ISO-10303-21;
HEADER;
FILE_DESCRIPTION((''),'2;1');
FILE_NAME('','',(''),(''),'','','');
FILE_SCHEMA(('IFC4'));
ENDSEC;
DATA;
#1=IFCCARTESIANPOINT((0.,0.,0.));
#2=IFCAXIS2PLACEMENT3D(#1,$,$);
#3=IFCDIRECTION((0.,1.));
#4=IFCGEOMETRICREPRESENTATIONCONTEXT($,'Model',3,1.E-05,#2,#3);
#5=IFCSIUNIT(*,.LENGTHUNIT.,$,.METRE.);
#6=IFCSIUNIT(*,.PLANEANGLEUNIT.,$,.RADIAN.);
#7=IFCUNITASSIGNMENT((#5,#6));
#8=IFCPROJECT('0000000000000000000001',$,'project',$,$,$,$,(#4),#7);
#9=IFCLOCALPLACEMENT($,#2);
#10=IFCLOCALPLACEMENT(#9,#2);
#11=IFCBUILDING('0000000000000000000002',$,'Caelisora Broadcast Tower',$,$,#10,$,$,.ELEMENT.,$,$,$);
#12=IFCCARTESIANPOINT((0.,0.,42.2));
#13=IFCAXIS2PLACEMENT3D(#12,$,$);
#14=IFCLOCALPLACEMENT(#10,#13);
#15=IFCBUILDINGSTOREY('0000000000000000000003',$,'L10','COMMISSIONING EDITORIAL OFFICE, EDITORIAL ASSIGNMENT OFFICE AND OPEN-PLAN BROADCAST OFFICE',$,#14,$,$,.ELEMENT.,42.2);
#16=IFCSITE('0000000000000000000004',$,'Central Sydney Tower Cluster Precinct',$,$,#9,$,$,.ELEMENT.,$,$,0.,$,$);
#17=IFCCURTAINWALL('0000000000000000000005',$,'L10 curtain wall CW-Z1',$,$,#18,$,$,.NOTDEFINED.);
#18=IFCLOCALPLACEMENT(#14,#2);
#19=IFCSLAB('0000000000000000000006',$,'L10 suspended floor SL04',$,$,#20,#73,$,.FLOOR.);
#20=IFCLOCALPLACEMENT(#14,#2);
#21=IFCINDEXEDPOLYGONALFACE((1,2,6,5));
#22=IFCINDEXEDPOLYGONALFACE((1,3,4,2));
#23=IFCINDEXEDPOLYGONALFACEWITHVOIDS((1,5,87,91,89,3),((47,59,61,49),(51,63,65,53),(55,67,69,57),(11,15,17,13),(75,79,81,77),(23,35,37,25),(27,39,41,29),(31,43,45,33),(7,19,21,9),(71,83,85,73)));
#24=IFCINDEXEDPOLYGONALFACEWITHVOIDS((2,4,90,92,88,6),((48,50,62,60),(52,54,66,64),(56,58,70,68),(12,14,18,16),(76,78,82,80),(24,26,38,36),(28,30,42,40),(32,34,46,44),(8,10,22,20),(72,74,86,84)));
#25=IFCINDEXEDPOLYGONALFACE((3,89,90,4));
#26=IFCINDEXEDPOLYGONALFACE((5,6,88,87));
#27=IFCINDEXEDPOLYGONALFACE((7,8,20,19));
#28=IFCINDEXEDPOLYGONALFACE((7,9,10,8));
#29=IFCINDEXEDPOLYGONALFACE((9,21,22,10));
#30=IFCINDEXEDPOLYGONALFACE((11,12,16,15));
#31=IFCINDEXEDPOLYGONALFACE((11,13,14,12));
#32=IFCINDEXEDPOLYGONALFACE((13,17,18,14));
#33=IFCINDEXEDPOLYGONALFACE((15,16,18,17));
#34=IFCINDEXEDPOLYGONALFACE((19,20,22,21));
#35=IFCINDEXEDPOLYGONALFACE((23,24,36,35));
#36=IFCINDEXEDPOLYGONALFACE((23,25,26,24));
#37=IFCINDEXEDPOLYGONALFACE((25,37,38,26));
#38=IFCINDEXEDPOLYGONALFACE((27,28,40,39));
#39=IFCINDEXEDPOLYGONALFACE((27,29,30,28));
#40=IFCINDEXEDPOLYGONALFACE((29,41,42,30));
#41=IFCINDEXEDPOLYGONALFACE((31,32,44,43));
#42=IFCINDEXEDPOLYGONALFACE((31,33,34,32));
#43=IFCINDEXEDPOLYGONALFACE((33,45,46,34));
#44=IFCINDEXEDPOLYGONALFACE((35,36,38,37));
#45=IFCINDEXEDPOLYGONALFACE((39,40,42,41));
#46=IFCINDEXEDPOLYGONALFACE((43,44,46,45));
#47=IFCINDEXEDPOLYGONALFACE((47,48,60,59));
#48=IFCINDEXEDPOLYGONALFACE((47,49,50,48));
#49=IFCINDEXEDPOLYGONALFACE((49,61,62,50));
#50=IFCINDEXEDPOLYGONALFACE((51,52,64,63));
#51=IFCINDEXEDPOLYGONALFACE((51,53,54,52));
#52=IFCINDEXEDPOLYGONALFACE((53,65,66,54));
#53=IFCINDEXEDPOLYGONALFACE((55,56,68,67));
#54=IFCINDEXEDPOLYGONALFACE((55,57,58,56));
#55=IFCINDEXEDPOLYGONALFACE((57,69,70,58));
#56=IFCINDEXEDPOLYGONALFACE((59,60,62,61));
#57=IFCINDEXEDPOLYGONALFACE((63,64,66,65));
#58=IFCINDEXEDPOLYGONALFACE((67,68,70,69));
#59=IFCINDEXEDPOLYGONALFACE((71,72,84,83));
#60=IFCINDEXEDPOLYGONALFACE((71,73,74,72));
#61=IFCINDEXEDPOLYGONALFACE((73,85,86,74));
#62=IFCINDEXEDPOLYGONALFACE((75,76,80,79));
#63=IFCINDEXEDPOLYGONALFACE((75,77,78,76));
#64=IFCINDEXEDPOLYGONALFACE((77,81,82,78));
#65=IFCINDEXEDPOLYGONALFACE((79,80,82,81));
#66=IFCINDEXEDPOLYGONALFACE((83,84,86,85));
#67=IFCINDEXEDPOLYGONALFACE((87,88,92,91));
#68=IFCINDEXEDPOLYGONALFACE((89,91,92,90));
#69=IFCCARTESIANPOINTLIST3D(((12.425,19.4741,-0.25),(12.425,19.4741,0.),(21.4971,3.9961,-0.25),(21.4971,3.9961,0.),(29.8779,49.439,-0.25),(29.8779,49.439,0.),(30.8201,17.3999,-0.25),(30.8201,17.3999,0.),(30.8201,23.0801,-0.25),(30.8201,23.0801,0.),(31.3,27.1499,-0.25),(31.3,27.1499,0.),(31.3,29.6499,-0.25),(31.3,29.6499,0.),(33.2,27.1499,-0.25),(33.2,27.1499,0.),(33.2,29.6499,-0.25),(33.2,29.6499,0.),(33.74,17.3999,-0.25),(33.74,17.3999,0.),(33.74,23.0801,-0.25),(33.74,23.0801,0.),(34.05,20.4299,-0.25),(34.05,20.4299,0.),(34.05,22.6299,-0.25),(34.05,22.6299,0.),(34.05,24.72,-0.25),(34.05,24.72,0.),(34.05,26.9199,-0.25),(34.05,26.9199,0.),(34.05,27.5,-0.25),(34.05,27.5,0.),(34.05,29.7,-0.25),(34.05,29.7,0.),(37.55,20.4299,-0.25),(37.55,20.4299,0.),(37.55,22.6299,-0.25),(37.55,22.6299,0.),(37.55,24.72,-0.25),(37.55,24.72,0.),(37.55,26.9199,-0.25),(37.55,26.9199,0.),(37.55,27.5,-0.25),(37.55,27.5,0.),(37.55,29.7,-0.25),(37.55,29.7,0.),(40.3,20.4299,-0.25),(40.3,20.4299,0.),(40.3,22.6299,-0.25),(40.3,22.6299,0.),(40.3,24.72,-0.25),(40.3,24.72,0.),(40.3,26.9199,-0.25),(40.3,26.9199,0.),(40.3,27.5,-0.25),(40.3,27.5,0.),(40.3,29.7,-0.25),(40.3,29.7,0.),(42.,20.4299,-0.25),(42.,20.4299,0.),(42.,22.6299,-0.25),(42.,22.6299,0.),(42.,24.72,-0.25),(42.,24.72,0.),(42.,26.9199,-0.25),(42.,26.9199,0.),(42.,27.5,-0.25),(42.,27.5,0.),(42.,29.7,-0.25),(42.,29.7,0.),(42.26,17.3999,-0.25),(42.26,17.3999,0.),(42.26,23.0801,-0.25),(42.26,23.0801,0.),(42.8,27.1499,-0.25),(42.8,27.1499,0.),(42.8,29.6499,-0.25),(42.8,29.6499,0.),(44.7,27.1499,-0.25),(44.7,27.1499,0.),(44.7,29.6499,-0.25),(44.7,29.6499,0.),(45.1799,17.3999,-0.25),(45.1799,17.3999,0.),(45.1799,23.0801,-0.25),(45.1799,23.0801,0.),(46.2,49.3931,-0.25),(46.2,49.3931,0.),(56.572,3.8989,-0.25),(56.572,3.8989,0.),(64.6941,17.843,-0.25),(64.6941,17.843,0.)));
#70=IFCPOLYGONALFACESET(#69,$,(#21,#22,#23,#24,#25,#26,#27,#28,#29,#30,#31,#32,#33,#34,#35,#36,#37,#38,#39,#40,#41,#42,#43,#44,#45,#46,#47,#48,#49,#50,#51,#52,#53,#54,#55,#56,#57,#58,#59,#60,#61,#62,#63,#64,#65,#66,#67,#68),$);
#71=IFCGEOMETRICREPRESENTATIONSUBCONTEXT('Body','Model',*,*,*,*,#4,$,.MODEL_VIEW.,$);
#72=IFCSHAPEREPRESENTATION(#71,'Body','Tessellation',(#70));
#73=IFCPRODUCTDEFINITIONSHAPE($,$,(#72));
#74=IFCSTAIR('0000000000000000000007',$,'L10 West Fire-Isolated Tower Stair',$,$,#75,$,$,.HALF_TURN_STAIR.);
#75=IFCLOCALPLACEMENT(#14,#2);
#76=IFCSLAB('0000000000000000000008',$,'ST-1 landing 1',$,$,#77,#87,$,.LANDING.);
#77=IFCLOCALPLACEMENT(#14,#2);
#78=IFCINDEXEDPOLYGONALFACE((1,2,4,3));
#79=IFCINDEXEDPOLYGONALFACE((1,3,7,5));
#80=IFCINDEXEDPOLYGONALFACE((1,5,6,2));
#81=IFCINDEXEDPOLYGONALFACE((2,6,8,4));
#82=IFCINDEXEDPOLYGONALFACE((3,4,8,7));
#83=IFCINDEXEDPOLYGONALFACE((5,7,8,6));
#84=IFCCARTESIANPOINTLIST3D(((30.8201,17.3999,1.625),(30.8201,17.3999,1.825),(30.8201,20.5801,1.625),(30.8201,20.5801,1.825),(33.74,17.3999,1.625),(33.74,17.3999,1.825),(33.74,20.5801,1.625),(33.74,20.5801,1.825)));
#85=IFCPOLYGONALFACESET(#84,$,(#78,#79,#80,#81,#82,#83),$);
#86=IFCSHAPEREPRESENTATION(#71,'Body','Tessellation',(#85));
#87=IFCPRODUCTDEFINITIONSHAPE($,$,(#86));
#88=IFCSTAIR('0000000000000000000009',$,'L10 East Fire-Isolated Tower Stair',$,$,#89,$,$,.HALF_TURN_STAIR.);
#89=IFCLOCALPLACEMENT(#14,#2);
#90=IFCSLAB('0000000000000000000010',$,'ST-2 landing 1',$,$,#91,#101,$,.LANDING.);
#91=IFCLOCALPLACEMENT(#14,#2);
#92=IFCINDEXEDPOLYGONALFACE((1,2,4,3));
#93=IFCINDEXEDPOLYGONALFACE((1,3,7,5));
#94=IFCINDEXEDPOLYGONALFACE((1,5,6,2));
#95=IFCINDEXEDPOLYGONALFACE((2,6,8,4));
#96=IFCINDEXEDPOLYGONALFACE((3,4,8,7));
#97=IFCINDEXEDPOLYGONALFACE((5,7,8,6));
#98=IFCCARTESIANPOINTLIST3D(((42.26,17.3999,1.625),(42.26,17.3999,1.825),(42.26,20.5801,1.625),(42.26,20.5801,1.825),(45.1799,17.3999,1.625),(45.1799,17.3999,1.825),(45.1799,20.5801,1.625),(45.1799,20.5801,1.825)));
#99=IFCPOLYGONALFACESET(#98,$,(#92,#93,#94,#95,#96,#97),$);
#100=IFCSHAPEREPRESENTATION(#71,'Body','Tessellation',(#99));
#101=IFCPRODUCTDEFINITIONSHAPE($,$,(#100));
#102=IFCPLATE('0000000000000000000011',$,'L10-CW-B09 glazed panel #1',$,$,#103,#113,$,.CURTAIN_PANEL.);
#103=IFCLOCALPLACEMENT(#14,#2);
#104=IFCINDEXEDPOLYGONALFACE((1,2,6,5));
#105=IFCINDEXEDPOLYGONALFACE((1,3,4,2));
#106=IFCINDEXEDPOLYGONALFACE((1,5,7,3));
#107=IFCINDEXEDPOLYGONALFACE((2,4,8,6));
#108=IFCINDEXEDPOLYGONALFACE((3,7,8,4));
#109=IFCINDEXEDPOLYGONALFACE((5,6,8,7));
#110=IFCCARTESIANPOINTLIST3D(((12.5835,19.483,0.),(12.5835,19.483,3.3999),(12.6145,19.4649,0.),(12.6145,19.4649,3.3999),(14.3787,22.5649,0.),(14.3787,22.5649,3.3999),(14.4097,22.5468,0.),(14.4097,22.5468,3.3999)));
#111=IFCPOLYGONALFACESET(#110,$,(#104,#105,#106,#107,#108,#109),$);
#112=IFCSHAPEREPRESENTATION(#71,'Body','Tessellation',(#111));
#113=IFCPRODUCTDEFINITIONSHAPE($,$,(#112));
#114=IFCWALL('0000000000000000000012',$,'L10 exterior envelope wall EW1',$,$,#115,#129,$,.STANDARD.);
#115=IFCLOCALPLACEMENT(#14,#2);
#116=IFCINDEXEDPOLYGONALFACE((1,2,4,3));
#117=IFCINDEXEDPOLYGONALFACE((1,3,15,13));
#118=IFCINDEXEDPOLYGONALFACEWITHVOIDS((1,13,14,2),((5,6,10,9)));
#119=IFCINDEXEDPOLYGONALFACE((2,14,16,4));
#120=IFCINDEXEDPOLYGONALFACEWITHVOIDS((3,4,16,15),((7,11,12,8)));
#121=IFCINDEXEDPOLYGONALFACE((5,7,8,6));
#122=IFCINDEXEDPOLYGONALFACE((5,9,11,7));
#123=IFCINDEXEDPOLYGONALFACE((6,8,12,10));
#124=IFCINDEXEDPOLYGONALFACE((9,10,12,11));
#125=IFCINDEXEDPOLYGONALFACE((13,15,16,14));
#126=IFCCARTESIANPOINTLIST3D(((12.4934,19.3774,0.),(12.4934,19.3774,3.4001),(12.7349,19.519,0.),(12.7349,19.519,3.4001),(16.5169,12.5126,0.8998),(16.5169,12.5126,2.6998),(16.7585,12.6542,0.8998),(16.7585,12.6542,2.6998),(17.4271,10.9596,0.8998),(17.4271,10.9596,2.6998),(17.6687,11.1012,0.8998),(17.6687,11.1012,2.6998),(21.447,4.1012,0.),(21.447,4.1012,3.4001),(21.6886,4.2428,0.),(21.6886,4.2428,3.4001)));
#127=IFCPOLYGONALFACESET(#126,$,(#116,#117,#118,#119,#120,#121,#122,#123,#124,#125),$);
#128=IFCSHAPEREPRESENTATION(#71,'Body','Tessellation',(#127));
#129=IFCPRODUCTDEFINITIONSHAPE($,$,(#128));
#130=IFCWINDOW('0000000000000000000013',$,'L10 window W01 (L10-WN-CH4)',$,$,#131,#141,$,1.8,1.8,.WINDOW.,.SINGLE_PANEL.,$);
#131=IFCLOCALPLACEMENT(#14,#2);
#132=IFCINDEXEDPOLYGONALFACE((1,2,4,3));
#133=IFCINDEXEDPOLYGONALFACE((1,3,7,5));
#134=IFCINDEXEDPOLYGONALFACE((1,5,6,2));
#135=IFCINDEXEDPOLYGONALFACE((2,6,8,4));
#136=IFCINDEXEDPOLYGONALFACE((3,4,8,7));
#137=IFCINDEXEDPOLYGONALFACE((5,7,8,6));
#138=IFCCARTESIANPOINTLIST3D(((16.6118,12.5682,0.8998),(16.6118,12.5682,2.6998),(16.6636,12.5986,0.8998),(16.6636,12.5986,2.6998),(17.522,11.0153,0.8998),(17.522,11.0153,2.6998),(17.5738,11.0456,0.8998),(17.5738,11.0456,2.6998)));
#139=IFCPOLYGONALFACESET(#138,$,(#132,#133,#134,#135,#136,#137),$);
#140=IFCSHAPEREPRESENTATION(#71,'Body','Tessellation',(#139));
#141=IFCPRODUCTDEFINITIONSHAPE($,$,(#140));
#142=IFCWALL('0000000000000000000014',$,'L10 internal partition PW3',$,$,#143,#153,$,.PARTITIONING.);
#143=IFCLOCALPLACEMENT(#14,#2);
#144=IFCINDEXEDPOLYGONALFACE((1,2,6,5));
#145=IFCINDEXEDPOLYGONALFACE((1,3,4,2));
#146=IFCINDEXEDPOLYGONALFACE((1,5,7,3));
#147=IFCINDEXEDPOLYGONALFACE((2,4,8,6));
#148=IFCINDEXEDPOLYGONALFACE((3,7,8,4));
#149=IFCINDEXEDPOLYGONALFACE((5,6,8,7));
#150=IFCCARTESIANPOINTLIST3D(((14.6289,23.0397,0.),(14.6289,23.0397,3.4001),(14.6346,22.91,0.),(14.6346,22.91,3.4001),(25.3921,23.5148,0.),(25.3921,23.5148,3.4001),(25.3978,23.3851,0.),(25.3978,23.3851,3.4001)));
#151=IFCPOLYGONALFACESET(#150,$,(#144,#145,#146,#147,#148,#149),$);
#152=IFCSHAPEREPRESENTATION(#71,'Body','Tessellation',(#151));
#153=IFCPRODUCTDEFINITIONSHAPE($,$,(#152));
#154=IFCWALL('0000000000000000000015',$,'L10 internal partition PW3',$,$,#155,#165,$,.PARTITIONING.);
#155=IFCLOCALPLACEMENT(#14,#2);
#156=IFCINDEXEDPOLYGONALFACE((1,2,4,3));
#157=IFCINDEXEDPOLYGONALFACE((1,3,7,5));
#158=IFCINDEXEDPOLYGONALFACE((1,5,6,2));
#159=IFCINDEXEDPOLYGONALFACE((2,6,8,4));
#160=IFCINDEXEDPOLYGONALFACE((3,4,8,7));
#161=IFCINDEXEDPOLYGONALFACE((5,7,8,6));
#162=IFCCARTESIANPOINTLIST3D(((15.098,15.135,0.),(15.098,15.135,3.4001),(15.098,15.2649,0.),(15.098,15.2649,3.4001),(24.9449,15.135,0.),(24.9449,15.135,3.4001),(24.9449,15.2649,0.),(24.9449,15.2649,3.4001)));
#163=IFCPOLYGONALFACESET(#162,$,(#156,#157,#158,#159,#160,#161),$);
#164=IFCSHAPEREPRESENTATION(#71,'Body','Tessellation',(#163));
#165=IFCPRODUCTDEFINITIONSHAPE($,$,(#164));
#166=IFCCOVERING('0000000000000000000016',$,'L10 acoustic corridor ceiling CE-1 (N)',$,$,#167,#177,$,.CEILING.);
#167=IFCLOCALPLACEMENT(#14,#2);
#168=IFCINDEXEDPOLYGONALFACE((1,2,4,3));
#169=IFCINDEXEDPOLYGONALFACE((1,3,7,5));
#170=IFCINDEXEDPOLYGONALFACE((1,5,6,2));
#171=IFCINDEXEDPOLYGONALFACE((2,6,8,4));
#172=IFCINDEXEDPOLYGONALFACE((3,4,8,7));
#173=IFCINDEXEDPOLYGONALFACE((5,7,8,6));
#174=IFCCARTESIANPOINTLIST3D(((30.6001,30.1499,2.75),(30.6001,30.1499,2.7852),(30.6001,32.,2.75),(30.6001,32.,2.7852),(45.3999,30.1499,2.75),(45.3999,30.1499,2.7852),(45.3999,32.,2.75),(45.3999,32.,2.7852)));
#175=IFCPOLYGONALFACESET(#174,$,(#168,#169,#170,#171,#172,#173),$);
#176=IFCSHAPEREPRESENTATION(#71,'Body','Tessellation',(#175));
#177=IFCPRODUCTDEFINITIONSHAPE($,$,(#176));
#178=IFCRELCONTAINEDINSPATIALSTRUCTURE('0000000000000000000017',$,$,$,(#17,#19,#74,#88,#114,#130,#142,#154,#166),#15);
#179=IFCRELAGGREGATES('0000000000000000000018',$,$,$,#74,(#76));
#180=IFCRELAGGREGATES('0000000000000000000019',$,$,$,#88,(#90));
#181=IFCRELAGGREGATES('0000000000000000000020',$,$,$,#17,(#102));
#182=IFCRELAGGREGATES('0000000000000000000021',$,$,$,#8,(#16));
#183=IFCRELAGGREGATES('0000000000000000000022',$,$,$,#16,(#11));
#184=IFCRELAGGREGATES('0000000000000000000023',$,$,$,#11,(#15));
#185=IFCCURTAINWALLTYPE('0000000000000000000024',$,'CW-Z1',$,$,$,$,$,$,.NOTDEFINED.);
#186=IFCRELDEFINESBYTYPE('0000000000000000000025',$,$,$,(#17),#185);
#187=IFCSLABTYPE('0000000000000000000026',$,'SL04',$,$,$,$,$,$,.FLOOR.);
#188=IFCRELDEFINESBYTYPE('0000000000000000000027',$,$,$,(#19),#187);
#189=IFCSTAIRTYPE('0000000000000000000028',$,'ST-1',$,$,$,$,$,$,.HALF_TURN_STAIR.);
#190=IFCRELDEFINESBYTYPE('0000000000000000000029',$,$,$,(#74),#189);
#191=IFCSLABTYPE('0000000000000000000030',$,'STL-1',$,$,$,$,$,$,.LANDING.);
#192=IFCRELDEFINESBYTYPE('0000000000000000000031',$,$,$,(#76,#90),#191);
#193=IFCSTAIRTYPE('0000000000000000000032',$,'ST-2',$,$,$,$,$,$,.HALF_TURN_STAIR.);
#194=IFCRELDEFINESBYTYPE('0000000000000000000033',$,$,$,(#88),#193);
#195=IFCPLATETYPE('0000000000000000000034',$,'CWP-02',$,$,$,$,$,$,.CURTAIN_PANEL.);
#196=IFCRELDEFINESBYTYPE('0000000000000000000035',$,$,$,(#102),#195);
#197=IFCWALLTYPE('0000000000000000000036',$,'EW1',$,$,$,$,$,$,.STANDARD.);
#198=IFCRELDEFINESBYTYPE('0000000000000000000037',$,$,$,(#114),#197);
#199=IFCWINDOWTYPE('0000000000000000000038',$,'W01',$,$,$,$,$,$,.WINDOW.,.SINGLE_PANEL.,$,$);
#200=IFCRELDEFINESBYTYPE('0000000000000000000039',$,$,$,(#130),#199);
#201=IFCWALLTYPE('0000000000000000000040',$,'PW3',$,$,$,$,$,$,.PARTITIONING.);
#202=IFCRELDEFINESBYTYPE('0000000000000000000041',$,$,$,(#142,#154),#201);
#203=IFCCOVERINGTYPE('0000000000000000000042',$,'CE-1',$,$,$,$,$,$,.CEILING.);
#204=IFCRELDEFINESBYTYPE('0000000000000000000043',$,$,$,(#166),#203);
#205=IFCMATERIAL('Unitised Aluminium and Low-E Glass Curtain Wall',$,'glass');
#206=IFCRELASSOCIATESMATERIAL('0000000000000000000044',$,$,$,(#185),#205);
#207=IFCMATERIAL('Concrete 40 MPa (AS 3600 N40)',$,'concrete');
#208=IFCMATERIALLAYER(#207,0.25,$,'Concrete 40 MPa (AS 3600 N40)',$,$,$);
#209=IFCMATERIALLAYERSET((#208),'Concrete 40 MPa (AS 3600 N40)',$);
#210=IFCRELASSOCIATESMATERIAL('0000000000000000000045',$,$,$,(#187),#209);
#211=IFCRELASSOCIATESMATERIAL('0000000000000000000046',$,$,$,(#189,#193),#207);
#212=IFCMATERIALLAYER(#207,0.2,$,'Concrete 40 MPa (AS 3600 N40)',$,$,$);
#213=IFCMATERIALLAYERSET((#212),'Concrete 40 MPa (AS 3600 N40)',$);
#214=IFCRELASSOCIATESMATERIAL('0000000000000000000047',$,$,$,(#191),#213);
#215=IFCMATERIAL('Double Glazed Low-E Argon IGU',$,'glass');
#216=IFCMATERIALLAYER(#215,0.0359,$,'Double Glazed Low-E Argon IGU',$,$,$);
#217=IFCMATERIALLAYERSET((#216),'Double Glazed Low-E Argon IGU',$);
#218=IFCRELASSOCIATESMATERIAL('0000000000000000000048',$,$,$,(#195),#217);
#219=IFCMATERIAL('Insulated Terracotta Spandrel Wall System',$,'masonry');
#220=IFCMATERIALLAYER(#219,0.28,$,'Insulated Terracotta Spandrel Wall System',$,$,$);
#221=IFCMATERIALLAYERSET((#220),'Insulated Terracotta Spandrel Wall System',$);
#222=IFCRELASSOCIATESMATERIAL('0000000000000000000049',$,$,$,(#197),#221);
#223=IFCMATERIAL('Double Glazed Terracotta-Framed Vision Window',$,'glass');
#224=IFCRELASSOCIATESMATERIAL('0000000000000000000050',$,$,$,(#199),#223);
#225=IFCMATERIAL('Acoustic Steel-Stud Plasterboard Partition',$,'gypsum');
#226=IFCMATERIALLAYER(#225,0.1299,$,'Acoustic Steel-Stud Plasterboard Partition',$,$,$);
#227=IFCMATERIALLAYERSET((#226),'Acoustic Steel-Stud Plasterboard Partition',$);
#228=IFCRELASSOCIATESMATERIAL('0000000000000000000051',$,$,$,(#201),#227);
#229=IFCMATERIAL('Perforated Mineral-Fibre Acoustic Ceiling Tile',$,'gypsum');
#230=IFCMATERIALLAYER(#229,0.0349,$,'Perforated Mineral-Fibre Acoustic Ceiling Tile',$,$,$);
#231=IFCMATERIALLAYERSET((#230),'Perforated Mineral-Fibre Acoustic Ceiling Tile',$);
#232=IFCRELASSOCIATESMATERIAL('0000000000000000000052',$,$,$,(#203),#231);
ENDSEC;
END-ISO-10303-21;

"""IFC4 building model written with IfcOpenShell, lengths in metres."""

from ifc_helpers import new_model, si_unit, direction, frame, frame_2d, origin, origin_2d, place, context, subcontext, project, spatial, polyline, rectangle, outline, extrude, source, transform, mapped, material, layer, layer_set, type_object, type_shapes, element, fill, aggregate, save


model = new_model("IFC4")

# Units and contexts
model_context = context("Model", 3, precision=1e-05, world=origin(), true_north=direction((0.0, 1.0)))
body_context = subcontext(model_context, "Body", "Model", "MODEL_VIEW")
ifc_project = project(units=[si_unit("LENGTHUNIT", "METRE"), si_unit("PLANEANGLEUNIT", "RADIAN")], contexts=[model_context])

# Site, building, storey
site_placement = place(None, origin())
site = spatial("IfcSite", under=ifc_project, at=site_placement, Name="Central Sydney Tower Cluster Precinct", CompositionType="ELEMENT", RefElevation=0.0)
building_placement = place(site_placement, origin())
building = spatial("IfcBuilding", under=site, at=building_placement, Name="Caelisora Broadcast Tower", CompositionType="ELEMENT")
storey_placement = place(building_placement, frame((0.0, 0.0, 42.2)))
storey = spatial("IfcBuildingStorey", under=building, at=storey_placement, Name="L10", Description="COMMISSIONING EDITORIAL OFFICE, EDITORIAL ASSIGNMENT OFFICE AND OPEN-PLAN BROADCAST OFFICE", CompositionType="ELEMENT", Elevation=42.2)

# Shared definitions
ifc_material_1 = material(Name="Unitised Aluminium and Low-E Glass Curtain Wall", Category="glass")
curtain_wall_type = type_object("IfcCurtainWallType", Name="CW-Z1", PredefinedType="NOTDEFINED", material=ifc_material_1)

# Curtain wall
curtain_wall_1_placement = place(storey_placement, origin())
curtain_wall_1 = element("IfcCurtainWall", 1, at=curtain_wall_1_placement, inside=storey, type_object=curtain_wall_type, Name="L10 curtain wall CW-Z1", PredefinedType="NOTDEFINED")

# Slab
ifc_material_2 = material(Name="Concrete 40 MPa (AS 3600 N40)", Category="concrete")
ifc_layer_1 = layer(ifc_material_2, 0.25, Name="Concrete 40 MPa (AS 3600 N40)")
ifc_layer_set_1 = layer_set([ifc_layer_1], Name="Concrete 40 MPa (AS 3600 N40)")
slab_type_1 = type_object("IfcSlabType", Name="SL04", PredefinedType="FLOOR", material=ifc_layer_set_1)
slab_1_placement = place(storey_placement, frame((0.0, 0.0, -0.25)))
element("IfcSlab", 2, at=slab_1_placement, inside=storey, type_object=slab_type_1, Name="L10 suspended floor SL04", PredefinedType="FLOOR", context=body_context, shape_type="SweptSolid", body=[
    extrude(outline(polyline([(46.2, 49.3931), (29.8779, 49.439), (12.425, 19.4741), (21.4971, 3.9961), (56.572, 3.8989), (64.6941, 17.843), (46.2, 49.3931)]), holes=[polyline([(30.8201, 17.3999), (33.74, 17.3999), (33.74, 23.0801), (30.8201, 23.0801), (30.8201, 17.3999)]), polyline([(42.26, 17.3999), (45.1799, 17.3999), (45.1799, 23.0801), (42.26, 23.0801), (42.26, 17.3999)]), polyline([(42.8, 27.1499), (44.7, 27.1499), (44.7, 29.6499), (42.8, 29.6499), (42.8, 27.1499)]), polyline([(40.3, 20.4299), (42.0, 20.4299), (42.0, 22.6299), (40.3, 22.6299), (40.3, 20.4299)]), polyline([(40.3, 24.72), (42.0, 24.72), (42.0, 26.9199), (40.3, 26.9199), (40.3, 24.72)]), polyline([(40.3, 27.5), (42.0, 27.5), (42.0, 29.7), (40.3, 29.7), (40.3, 27.5)]), polyline([(34.05, 20.4299), (37.55, 20.4299), (37.55, 22.6299), (34.05, 22.6299), (34.05, 20.4299)]), polyline([(34.05, 24.72), (37.55, 24.72), (37.55, 26.9199), (34.05, 26.9199), (34.05, 24.72)]), polyline([(34.05, 27.5), (37.55, 27.5), (37.55, 29.7), (34.05, 29.7), (34.05, 27.5)]), polyline([(31.3, 27.1499), (33.2, 27.1499), (33.2, 29.6499), (31.3, 29.6499), (31.3, 27.1499)])]), origin(), (0.0, 0.0, 1.0), 0.25),
])

# Stairs, slabs
stair_type_1 = type_object("IfcStairType", Name="ST-1", PredefinedType="HALF_TURN_STAIR", material=ifc_material_2)
stair_1_placement = place(storey_placement, origin())
stair_1 = element("IfcStair", 3, at=stair_1_placement, inside=storey, type_object=stair_type_1, Name="L10 West Fire-Isolated Tower Stair", PredefinedType="HALF_TURN_STAIR")
ifc_layer_2 = layer(ifc_material_2, 0.2, Name="Concrete 40 MPa (AS 3600 N40)")
ifc_layer_set_2 = layer_set([ifc_layer_2], Name="Concrete 40 MPa (AS 3600 N40)")
slab_type_2 = type_object("IfcSlabType", Name="STL-1", PredefinedType="LANDING", material=ifc_layer_set_2)
slab_2_placement = place(storey_placement, frame((0.0, 0.0, 1.625)))
slab_2 = element("IfcSlab", 4, at=slab_2_placement, type_object=slab_type_2, Name="ST-1 landing 1", PredefinedType="LANDING", context=body_context, shape_type="SweptSolid", body=[
    extrude(outline(polyline([(30.8201, 20.5801), (30.8201, 17.3999), (33.74, 17.3999), (33.74, 20.5801), (30.8201, 20.5801)])), origin(), (0.0, 0.0, 1.0), 0.2),
])
aggregate(stair_1, [slab_2])
stair_type_2 = type_object("IfcStairType", Name="ST-2", PredefinedType="HALF_TURN_STAIR", material=ifc_material_2)
stair_2_placement = place(storey_placement, origin())
stair_2 = element("IfcStair", 5, at=stair_2_placement, inside=storey, type_object=stair_type_2, Name="L10 East Fire-Isolated Tower Stair", PredefinedType="HALF_TURN_STAIR")
slab_3_placement = place(storey_placement, frame((0.0, 0.0, 1.625)))
slab_3 = element("IfcSlab", 6, at=slab_3_placement, type_object=slab_type_2, Name="ST-2 landing 1", PredefinedType="LANDING", context=body_context, shape_type="SweptSolid", body=[
    extrude(outline(polyline([(42.26, 20.5801), (42.26, 17.3999), (45.1799, 17.3999), (45.1799, 20.5801), (42.26, 20.5801)])), origin(), (0.0, 0.0, 1.0), 0.2),
])
aggregate(stair_2, [slab_3])

# Plate
ifc_material_3 = material(Name="Double Glazed Low-E Argon IGU", Category="glass")
ifc_layer_3 = layer(ifc_material_3, 0.0359, Name="Double Glazed Low-E Argon IGU")
ifc_layer_set_3 = layer_set([ifc_layer_3], Name="Double Glazed Low-E Argon IGU")
plate_type = type_object("IfcPlateType", Name="CWP-02", PredefinedType="CURTAIN_PANEL", material=ifc_layer_set_3)
shared_shape_1 = source(origin(), body_context, "Body", "SweptSolid", [
    extrude(rectangle(XDim=3.5667, YDim=0.0359, at=origin_2d()), origin(), (0.0, 0.0, 1.0), 3.3999),
])
type_shapes(plate_type, [shared_shape_1])
plate_placement = place(storey_placement, frame((13.4966, 21.0149, 0.0), z_axis=(0.0, 0.0, 1.0), x_axis=(0.503322, 0.864099, 0.0)))
plate = element("IfcPlate", 7, at=plate_placement, type_object=plate_type, Name="L10-CW-B09 glazed panel #1", PredefinedType="CURTAIN_PANEL", context=body_context, shape_type="MappedRepresentation", body=[
    mapped(shared_shape_1, transform((0.0, 0.0, 0.0), scale=1.0)),
])
aggregate(curtain_wall_1, [plate])

# Wall, opening, window
ifc_material_4 = material(Name="Insulated Terracotta Spandrel Wall System", Category="masonry")
ifc_layer_4 = layer(ifc_material_4, 0.28, Name="Insulated Terracotta Spandrel Wall System")
ifc_layer_set_4 = layer_set([ifc_layer_4], Name="Insulated Terracotta Spandrel Wall System")
wall_type_1 = type_object("IfcWallType", Name="EW1", PredefinedType="STANDARD", material=ifc_layer_set_4)
wall_1_placement = place(storey_placement, frame((21.5679, 4.1719, 0.0), z_axis=(0.0, 0.0, 1.0), x_axis=(-0.505663, 0.862731, 0.0)))
wall_1 = element("IfcWall", 8, at=wall_1_placement, inside=storey, type_object=wall_type_1, Name="L10 exterior envelope wall EW1", PredefinedType="STANDARD", context=body_context, shape_type="SweptSolid", body=[
    extrude(rectangle(XDim=17.7068, YDim=0.28, at=frame_2d((8.8535, 0.0))), origin(), (0.0, 0.0, 1.0), 3.4001),
])
opening_placement = place(wall_1_placement, frame((7.95, 0.0, 0.8999)))
opening = element("IfcOpeningElement", 9, at=opening_placement, cuts=wall_1, PredefinedType="OPENING", context=body_context, shape_type="SweptSolid", body=[
    extrude(rectangle(XDim=1.8, YDim=1.8, at=frame_2d((0.8999, 0.8999))), frame((0.0, 0.1521, 0.0), z_axis=(0.0, -1.0, 0.0), x_axis=(1.0, 0.0, 0.0)), (0.0, 0.0, 1.0), 0.304),
])
ifc_material_5 = material(Name="Double Glazed Terracotta-Framed Vision Window", Category="glass")
window_type = type_object("IfcWindowType", Name="W01", PartitioningType="SINGLE_PANEL", PredefinedType="WINDOW", material=ifc_material_5)
window_placement = place(opening_placement, origin())
window = element("IfcWindow", 10, at=window_placement, inside=storey, type_object=window_type, Name="L10 window W01 (L10-WN-CH4)", OverallHeight=1.8, OverallWidth=1.8, PartitioningType="SINGLE_PANEL", PredefinedType="WINDOW", context=body_context, shape_type="SweptSolid", body=[
    extrude(rectangle(XDim=1.8, YDim=1.8, at=frame_2d((0.8999, 0.8999))), frame((0.0, 0.03, 0.0), z_axis=(0.0, -1.0, 0.0), x_axis=(1.0, 0.0, 0.0)), (0.0, 0.0, 1.0), 0.0601),
])
fill(opening, window)

# Walls
ifc_material_6 = material(Name="Acoustic Steel-Stud Plasterboard Partition", Category="gypsum")
ifc_layer_5 = layer(ifc_material_6, 0.1299, Name="Acoustic Steel-Stud Plasterboard Partition")
ifc_layer_set_5 = layer_set([ifc_layer_5], Name="Acoustic Steel-Stud Plasterboard Partition")
wall_type_2 = type_object("IfcWallType", Name="PW3", PredefinedType="PARTITIONING", material=ifc_layer_set_5)
wall_2_placement = place(storey_placement, frame((14.6318, 22.9749, 0.0), z_axis=(0.0, 0.0, 1.0), x_axis=(0.999027, 0.044098, 0.0)))
element("IfcWall", 11, at=wall_2_placement, inside=storey, type_object=wall_type_2, Name="L10 internal partition PW3", PredefinedType="PARTITIONING", context=body_context, shape_type="SweptSolid", body=[
    extrude(rectangle(XDim=10.7737, YDim=0.1299, at=frame_2d((5.3867, 0.0))), origin(), (0.0, 0.0, 1.0), 3.4001),
])
wall_3_placement = place(storey_placement, frame((15.0981, 15.2, 0.0), z_axis=(0.0, 0.0, 1.0), x_axis=(1.0, 0.0, 0.0)))
element("IfcWall", 12, at=wall_3_placement, inside=storey, type_object=wall_type_2, Name="L10 internal partition PW3", PredefinedType="PARTITIONING", context=body_context, shape_type="SweptSolid", body=[
    extrude(rectangle(XDim=9.8469, YDim=0.1299, at=frame_2d((4.9233, 0.0))), origin(), (0.0, 0.0, 1.0), 3.4001),
])

# Covering
ifc_material_7 = material(Name="Perforated Mineral-Fibre Acoustic Ceiling Tile", Category="gypsum")
ifc_layer_6 = layer(ifc_material_7, 0.0349, Name="Perforated Mineral-Fibre Acoustic Ceiling Tile")
ifc_layer_set_6 = layer_set([ifc_layer_6], Name="Perforated Mineral-Fibre Acoustic Ceiling Tile")
covering_type_1 = type_object("IfcCoveringType", Name="CE-1", PredefinedType="CEILING", material=ifc_layer_set_6)
covering_1_placement = place(storey_placement, frame((0.0, 0.0, 2.75)))
element("IfcCovering", 13, at=covering_1_placement, inside=storey, type_object=covering_type_1, Name="L10 acoustic corridor ceiling CE-1 (N)", PredefinedType="CEILING", context=body_context, shape_type="SweptSolid", body=[
    extrude(outline(polyline([(30.6001, 30.1499), (45.3999, 30.1499), (45.3999, 32.0), (30.6001, 32.0), (30.6001, 30.1499)])), origin(), (0.0, 0.0, 1.0), 0.0352),
])

save(model, "model.ifc")
